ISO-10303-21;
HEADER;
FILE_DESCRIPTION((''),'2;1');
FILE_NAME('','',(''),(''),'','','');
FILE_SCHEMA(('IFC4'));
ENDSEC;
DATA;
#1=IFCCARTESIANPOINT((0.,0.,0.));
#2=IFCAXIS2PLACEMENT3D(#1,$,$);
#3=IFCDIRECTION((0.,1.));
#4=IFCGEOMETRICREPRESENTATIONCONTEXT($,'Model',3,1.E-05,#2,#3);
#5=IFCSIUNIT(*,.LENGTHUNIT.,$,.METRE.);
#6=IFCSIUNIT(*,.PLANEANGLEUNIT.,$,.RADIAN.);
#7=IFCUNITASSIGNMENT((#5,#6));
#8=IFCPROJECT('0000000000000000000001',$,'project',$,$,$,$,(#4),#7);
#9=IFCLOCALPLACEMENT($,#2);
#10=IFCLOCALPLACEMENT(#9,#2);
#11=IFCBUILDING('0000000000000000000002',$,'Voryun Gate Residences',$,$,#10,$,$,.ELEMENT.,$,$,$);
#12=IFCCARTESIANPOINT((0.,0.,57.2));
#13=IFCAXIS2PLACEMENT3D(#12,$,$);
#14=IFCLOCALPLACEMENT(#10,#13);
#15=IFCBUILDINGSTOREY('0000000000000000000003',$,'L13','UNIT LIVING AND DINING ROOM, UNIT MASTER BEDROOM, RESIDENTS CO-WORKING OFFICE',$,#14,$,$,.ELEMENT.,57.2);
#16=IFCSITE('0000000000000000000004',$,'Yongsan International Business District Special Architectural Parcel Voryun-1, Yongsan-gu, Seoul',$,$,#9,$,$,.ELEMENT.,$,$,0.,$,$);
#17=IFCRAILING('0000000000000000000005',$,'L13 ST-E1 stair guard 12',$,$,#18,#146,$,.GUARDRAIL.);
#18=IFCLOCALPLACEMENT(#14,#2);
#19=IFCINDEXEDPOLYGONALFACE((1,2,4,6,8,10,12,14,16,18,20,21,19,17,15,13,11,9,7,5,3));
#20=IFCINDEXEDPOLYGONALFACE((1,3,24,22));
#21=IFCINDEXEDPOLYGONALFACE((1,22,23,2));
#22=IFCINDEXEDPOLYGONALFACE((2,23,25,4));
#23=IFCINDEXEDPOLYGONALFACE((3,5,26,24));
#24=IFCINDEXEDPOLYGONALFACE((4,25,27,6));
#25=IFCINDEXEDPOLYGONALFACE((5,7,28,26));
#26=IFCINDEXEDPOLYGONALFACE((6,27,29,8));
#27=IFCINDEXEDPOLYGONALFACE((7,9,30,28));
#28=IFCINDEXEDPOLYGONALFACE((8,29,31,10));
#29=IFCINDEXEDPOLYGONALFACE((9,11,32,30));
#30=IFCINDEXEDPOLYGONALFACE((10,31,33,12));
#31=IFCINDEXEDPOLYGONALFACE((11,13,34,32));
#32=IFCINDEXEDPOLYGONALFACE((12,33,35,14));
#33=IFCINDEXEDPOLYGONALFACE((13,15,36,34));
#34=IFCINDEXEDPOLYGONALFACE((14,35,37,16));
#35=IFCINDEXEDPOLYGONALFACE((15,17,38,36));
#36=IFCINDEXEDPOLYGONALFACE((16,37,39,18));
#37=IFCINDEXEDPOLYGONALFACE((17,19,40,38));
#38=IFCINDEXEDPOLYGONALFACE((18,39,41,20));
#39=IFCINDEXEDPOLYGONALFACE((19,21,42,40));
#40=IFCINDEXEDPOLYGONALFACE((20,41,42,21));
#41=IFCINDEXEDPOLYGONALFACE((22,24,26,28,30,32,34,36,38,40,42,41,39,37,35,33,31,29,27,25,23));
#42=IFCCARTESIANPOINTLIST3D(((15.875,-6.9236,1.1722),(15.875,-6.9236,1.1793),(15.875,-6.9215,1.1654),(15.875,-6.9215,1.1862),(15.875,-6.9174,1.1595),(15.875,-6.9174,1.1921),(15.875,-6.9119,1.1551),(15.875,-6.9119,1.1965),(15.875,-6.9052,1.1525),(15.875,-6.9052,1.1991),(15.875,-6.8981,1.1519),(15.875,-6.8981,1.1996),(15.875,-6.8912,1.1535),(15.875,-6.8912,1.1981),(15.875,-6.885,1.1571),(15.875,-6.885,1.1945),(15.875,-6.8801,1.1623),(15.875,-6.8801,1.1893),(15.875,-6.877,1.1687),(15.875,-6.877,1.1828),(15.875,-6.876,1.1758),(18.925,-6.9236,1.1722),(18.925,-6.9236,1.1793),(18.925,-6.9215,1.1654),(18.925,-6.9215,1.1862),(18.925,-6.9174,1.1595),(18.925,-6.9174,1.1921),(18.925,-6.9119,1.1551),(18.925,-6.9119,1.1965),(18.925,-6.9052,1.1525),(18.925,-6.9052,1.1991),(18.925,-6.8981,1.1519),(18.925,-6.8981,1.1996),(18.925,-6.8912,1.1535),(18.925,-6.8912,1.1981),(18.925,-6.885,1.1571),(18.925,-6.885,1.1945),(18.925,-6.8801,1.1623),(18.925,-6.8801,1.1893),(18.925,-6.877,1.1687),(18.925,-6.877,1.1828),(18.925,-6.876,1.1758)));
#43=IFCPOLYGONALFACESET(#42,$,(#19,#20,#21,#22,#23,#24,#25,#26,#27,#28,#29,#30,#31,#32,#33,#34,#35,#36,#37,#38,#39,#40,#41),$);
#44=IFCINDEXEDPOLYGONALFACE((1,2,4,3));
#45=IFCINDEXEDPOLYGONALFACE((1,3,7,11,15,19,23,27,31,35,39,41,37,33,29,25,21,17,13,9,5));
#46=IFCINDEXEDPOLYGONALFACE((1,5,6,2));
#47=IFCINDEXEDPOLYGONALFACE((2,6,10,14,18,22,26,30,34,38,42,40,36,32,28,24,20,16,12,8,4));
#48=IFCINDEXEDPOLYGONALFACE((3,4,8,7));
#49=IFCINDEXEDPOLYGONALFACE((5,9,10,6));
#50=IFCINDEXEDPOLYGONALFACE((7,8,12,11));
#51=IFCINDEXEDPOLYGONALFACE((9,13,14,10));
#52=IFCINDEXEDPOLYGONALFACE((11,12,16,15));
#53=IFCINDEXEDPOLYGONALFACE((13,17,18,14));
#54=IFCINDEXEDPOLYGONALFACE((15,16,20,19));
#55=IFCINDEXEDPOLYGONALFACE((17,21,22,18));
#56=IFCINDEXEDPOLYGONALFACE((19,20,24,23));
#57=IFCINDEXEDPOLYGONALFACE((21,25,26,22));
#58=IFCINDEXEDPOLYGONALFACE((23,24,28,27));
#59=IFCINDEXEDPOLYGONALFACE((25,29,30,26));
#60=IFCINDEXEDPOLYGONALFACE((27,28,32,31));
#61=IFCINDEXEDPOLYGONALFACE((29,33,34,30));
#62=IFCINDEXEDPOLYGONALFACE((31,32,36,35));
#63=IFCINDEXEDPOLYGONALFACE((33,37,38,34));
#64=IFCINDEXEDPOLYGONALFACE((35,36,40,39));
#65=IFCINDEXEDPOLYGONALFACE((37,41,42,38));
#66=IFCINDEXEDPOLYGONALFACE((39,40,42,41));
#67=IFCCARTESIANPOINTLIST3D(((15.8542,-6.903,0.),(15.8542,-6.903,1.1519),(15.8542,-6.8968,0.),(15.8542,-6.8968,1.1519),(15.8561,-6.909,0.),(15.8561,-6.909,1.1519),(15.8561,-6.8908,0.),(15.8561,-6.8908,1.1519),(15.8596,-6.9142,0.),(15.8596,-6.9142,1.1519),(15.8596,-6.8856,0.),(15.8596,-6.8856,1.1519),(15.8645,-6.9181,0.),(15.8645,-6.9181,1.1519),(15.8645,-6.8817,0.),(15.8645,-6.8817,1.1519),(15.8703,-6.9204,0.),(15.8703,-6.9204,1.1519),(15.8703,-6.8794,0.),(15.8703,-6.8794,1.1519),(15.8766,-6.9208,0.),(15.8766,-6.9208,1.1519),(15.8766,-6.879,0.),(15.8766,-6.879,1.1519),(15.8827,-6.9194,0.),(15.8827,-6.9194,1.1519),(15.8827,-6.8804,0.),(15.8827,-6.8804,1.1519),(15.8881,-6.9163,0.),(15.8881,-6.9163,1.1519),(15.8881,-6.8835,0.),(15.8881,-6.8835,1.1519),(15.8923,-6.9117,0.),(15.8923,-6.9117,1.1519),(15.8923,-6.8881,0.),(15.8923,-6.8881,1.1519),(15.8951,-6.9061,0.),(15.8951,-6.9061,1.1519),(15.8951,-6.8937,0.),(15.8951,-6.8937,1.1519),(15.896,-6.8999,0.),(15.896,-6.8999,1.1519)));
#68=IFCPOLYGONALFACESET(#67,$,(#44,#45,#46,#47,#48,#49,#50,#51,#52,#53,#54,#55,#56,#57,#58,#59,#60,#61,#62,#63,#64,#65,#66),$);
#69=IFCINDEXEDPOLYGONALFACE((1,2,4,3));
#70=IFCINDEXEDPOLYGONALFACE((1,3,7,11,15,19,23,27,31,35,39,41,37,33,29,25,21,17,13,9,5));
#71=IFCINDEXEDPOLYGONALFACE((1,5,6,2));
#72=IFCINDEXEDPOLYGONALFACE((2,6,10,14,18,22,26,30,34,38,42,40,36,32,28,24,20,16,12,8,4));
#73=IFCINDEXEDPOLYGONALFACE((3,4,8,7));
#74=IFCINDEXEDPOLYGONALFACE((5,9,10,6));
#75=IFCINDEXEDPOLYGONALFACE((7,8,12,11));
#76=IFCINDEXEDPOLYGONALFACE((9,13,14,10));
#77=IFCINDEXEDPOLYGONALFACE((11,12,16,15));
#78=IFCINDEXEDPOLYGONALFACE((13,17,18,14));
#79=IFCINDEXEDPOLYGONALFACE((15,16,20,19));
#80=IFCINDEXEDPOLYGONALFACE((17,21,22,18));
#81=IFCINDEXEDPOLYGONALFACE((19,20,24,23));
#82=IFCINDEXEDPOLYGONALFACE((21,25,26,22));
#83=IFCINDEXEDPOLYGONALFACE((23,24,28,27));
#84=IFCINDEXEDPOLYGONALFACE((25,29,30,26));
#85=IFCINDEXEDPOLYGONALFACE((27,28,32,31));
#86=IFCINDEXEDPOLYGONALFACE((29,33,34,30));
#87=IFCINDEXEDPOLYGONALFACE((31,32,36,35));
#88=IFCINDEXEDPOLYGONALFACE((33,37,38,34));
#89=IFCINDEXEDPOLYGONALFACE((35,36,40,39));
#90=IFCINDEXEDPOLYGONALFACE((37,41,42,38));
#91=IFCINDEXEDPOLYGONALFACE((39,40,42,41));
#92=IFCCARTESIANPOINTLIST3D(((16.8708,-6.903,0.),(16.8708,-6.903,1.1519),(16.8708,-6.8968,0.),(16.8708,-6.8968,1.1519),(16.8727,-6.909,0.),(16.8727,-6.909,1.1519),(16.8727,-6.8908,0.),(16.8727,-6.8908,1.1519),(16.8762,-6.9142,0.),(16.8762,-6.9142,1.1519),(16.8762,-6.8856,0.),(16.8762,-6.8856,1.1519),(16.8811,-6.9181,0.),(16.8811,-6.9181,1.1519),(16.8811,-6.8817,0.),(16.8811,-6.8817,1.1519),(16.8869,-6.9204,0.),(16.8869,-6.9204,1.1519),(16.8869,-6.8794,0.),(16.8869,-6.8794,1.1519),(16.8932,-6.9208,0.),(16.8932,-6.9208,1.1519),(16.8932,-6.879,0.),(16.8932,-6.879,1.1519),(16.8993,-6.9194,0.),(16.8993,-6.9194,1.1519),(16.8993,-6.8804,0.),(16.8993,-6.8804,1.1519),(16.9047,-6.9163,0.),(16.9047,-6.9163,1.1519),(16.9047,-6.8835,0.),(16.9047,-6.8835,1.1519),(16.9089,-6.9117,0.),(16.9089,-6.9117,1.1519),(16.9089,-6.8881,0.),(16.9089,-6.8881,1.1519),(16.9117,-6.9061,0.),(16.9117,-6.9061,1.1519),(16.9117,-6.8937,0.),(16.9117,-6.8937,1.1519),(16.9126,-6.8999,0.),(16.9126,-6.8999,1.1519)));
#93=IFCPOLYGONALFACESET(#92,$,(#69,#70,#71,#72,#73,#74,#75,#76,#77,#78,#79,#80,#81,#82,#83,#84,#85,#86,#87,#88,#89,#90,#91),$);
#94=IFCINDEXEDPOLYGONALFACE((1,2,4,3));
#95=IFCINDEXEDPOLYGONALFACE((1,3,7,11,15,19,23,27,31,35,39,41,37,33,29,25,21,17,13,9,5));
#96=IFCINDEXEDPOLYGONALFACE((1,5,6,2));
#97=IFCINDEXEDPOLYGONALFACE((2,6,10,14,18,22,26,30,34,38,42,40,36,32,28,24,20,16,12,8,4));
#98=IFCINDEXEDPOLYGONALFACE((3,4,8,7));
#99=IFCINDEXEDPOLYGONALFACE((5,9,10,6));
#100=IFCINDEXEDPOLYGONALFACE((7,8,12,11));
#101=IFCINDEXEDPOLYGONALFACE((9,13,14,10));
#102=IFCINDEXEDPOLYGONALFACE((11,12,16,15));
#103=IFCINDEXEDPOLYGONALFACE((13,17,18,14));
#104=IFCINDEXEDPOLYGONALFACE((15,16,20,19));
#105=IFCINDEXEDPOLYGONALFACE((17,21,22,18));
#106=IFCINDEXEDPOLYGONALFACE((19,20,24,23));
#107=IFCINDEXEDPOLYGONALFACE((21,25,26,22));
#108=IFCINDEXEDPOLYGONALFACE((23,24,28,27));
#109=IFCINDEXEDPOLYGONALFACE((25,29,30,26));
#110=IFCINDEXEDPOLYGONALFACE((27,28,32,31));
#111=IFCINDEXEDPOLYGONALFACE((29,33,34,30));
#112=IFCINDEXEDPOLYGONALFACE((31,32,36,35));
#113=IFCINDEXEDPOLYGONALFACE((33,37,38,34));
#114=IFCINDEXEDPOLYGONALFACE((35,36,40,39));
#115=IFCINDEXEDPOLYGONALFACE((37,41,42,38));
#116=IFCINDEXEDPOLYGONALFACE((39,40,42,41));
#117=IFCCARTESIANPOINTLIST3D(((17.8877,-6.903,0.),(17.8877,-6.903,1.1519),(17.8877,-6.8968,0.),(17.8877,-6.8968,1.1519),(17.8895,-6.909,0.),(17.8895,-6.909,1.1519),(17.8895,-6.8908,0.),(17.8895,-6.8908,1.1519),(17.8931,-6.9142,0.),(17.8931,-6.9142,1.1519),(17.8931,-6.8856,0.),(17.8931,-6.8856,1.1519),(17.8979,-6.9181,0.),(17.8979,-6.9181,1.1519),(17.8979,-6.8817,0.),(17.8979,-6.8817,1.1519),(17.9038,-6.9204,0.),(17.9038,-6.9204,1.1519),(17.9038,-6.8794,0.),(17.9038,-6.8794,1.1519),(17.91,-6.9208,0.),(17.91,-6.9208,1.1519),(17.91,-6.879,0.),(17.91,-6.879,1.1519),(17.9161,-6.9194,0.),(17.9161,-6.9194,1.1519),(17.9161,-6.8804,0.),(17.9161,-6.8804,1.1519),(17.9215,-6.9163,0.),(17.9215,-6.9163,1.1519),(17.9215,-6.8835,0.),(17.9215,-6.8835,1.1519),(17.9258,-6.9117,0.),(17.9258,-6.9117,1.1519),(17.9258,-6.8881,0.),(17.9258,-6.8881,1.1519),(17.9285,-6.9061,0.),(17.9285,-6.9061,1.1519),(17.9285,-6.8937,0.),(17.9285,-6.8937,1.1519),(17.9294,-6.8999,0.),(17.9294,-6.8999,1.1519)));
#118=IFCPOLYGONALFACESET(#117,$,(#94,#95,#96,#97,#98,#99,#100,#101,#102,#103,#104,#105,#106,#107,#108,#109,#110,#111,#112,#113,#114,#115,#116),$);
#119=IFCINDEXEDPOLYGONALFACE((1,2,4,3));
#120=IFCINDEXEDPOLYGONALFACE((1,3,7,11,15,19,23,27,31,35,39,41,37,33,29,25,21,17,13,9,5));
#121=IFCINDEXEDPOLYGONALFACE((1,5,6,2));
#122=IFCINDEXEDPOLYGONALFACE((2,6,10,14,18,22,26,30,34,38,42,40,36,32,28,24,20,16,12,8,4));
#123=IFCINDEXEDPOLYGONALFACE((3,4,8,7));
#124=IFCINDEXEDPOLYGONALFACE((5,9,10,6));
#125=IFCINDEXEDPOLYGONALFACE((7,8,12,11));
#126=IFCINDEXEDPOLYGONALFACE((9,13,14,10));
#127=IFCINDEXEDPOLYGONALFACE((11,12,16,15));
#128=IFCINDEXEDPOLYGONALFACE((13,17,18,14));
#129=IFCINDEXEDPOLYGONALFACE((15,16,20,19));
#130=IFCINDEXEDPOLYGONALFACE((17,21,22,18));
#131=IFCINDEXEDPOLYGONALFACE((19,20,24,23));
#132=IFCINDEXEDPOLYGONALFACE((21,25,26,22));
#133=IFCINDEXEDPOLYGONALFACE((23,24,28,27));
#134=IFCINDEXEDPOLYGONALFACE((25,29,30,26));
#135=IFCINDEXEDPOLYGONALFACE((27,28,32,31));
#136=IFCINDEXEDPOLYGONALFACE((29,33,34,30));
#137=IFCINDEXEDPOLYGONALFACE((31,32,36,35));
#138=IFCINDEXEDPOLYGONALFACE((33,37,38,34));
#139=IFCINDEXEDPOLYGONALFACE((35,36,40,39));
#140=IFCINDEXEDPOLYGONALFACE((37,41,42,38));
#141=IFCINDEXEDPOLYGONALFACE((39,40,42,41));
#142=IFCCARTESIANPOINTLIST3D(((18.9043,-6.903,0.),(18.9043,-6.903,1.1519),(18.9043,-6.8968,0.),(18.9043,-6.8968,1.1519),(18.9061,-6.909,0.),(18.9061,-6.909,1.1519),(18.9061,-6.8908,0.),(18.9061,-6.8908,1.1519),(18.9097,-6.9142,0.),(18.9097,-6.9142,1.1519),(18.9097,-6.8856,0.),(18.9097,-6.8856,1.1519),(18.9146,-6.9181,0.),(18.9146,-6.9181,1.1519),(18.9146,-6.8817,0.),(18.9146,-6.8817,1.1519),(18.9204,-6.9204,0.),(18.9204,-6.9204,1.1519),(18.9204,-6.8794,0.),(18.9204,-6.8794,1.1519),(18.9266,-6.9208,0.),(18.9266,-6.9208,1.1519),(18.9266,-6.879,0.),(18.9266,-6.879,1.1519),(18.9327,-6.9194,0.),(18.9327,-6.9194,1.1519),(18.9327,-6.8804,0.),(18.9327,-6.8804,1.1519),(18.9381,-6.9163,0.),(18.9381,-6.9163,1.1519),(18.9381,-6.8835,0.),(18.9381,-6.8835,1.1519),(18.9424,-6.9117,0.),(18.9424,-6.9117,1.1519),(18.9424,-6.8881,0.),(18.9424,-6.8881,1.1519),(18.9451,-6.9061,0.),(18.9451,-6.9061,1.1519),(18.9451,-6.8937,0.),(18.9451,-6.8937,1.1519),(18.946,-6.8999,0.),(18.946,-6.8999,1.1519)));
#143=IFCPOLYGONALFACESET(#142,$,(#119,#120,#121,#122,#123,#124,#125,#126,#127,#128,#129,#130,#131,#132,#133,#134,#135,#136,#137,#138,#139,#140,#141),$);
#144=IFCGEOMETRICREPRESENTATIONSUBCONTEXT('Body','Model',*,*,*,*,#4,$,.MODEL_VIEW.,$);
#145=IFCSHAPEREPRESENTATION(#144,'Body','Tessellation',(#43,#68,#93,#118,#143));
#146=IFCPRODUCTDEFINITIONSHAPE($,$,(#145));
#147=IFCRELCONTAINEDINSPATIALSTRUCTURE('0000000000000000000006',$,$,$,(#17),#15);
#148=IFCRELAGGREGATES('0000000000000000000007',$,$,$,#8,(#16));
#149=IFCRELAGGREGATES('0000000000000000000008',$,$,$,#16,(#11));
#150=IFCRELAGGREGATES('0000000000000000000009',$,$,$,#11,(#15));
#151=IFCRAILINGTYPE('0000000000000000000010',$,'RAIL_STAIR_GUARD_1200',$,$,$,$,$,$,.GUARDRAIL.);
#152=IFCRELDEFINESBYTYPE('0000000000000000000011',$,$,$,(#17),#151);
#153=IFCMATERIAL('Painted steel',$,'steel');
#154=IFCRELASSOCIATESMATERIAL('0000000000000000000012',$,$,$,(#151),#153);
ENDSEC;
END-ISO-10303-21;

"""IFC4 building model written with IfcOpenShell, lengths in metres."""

from ifc_helpers import new_model, si_unit, direction, frame, origin, origin_2d, place, context, subcontext, project, spatial, circle, extrude, material, type_object, element, save


model = new_model("IFC4")

# Units and contexts
model_context = context("Model", 3, precision=1e-05, world=origin(), true_north=direction((0.0, 1.0)))
body_context = subcontext(model_context, "Body", "Model", "MODEL_VIEW")
ifc_project = project(units=[si_unit("LENGTHUNIT", "METRE"), si_unit("PLANEANGLEUNIT", "RADIAN")], contexts=[model_context])

# Site, building, storey
site_placement = place(None, origin())
site = spatial("IfcSite", under=ifc_project, at=site_placement, Name="Yongsan International Business District Special Architectural Parcel Voryun-1, Yongsan-gu, Seoul", CompositionType="ELEMENT", RefElevation=0.0)
building_placement = place(site_placement, origin())
building = spatial("IfcBuilding", under=site, at=building_placement, Name="Voryun Gate Residences", CompositionType="ELEMENT")
storey_placement = place(building_placement, frame((0.0, 0.0, 57.2)))
storey = spatial("IfcBuildingStorey", under=building, at=storey_placement, Name="L13", Description="UNIT LIVING AND DINING ROOM, UNIT MASTER BEDROOM, RESIDENTS CO-WORKING OFFICE", CompositionType="ELEMENT", Elevation=57.2)

# Railing
ifc_material_1 = material(Name="Painted steel", Category="steel")
railing_type_1 = type_object("IfcRailingType", Name="RAIL_STAIR_GUARD_1200", PredefinedType="GUARDRAIL", material=ifc_material_1)
railing_1_placement = place(storey_placement, frame((15.875, -6.8999, 0.0)))
element("IfcRailing", 1, at=railing_1_placement, inside=storey, type_object=railing_type_1, Name="L13 ST-E1 stair guard 12", PredefinedType="GUARDRAIL", context=body_context, shape_type="SweptSolid", body=[
    extrude(circle(Radius=0.0239, at=origin_2d()), frame((0.0, 0.0, 1.1758), z_axis=(1.0, 0.0, 0.0), x_axis=(0.0, 1.0, 0.0)), (0.0, 0.0, 1.0), 3.05),
    extrude(circle(Radius=0.021, at=origin_2d()), origin(), (0.0, 0.0, 1.0), 1.1519),
    extrude(circle(Radius=0.021, at=origin_2d()), frame((1.0166, 0.0, 0.0)), (0.0, 0.0, 1.0), 1.1519),
    extrude(circle(Radius=0.021, at=origin_2d()), frame((2.0334, 0.0, 0.0)), (0.0, 0.0, 1.0), 1.1519),
    extrude(circle(Radius=0.021, at=origin_2d()), frame((3.05, 0.0, 0.0)), (0.0, 0.0, 1.0), 1.1519),
])

save(model, "model.ifc")
